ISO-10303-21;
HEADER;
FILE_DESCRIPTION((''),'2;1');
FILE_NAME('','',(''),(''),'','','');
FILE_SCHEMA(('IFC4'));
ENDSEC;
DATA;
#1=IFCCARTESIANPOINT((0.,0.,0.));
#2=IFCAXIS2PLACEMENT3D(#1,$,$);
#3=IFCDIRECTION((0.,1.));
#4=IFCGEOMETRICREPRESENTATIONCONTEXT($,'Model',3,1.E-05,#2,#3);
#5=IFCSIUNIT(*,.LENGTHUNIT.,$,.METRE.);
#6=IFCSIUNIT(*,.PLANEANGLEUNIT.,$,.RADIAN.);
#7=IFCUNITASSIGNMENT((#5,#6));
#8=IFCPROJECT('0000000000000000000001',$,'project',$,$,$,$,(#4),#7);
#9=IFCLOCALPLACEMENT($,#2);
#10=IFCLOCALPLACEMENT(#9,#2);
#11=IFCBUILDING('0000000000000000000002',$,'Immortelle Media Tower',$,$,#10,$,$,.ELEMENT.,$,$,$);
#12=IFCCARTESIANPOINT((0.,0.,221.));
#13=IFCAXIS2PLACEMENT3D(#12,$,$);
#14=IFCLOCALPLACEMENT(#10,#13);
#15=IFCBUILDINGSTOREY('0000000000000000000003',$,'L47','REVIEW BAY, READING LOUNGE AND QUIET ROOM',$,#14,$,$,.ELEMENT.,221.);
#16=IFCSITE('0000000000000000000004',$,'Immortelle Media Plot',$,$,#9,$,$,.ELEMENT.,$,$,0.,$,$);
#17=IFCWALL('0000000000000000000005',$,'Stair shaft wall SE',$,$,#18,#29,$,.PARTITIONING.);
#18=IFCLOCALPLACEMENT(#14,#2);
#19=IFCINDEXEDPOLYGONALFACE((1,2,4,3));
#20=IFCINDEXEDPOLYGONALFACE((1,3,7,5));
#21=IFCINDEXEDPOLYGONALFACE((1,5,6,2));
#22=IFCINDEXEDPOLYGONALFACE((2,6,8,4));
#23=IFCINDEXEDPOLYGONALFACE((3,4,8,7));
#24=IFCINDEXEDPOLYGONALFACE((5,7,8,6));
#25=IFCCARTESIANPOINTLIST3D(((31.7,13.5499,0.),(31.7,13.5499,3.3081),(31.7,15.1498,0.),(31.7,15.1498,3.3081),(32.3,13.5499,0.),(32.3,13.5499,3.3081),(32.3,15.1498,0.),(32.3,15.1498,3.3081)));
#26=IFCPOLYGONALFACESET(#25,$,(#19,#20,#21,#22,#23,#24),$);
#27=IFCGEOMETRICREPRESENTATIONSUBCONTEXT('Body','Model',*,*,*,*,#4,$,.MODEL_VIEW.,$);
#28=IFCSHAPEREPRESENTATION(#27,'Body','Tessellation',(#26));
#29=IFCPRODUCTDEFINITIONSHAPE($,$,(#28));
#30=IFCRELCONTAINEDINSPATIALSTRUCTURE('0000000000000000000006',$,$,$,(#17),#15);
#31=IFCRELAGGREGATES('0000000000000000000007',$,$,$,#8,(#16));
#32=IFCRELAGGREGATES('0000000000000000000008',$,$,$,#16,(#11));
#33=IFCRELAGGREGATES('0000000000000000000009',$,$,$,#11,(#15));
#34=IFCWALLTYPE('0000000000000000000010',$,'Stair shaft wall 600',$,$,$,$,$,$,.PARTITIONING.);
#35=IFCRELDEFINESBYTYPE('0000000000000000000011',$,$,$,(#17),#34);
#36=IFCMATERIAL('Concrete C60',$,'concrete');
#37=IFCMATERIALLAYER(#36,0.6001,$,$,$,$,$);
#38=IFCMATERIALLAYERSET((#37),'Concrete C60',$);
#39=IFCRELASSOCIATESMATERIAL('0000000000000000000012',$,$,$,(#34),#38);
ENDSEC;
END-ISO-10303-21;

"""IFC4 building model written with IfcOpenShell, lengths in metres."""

from ifc_helpers import new_model, si_unit, direction, frame, frame_2d, origin, place, context, subcontext, project, spatial, rectangle, extrude, material, layer, layer_set, type_object, element, save


model = new_model("IFC4")

# Units and contexts
model_context = context("Model", 3, precision=1e-05, world=origin(), true_north=direction((0.0, 1.0)))
body_context = subcontext(model_context, "Body", "Model", "MODEL_VIEW")
ifc_project = project(units=[si_unit("LENGTHUNIT", "METRE"), si_unit("PLANEANGLEUNIT", "RADIAN")], contexts=[model_context])

# Site, building, storey
site_placement = place(None, origin())
site = spatial("IfcSite", under=ifc_project, at=site_placement, Name="Immortelle Media Plot", CompositionType="ELEMENT", RefElevation=0.0)
building_placement = place(site_placement, origin())
building = spatial("IfcBuilding", under=site, at=building_placement, Name="Immortelle Media Tower", CompositionType="ELEMENT")
storey_placement = place(building_placement, frame((0.0, 0.0, 221.0)))
storey = spatial("IfcBuildingStorey", under=building, at=storey_placement, Name="L47", Description="REVIEW BAY, READING LOUNGE AND QUIET ROOM", CompositionType="ELEMENT", Elevation=221.0)

# Shared definitions
ifc_material_1 = material(Name="Concrete C60", Category="concrete")

# Wall
ifc_layer_1 = layer(ifc_material_1, 0.6001)
ifc_layer_set_1 = layer_set([ifc_layer_1], Name="Concrete C60")
wall_type_1 = type_object("IfcWallType", Name="Stair shaft wall 600", PredefinedType="PARTITIONING", material=ifc_layer_set_1)
wall_1_placement = place(storey_placement, frame((32.0, 13.55, 0.0), z_axis=(0.0, 0.0, 1.0), x_axis=(0.0, 1.0, 0.0)))
element("IfcWall", 1, at=wall_1_placement, inside=storey, type_object=wall_type_1, Name="Stair shaft wall SE", PredefinedType="PARTITIONING", context=body_context, shape_type="SweptSolid", body=[
    extrude(rectangle(XDim=1.5999, YDim=0.6001, at=frame_2d((0.7998, 0.0))), origin(), (0.0, 0.0, 1.0), 3.3081),
])

save(model, "model.ifc")
